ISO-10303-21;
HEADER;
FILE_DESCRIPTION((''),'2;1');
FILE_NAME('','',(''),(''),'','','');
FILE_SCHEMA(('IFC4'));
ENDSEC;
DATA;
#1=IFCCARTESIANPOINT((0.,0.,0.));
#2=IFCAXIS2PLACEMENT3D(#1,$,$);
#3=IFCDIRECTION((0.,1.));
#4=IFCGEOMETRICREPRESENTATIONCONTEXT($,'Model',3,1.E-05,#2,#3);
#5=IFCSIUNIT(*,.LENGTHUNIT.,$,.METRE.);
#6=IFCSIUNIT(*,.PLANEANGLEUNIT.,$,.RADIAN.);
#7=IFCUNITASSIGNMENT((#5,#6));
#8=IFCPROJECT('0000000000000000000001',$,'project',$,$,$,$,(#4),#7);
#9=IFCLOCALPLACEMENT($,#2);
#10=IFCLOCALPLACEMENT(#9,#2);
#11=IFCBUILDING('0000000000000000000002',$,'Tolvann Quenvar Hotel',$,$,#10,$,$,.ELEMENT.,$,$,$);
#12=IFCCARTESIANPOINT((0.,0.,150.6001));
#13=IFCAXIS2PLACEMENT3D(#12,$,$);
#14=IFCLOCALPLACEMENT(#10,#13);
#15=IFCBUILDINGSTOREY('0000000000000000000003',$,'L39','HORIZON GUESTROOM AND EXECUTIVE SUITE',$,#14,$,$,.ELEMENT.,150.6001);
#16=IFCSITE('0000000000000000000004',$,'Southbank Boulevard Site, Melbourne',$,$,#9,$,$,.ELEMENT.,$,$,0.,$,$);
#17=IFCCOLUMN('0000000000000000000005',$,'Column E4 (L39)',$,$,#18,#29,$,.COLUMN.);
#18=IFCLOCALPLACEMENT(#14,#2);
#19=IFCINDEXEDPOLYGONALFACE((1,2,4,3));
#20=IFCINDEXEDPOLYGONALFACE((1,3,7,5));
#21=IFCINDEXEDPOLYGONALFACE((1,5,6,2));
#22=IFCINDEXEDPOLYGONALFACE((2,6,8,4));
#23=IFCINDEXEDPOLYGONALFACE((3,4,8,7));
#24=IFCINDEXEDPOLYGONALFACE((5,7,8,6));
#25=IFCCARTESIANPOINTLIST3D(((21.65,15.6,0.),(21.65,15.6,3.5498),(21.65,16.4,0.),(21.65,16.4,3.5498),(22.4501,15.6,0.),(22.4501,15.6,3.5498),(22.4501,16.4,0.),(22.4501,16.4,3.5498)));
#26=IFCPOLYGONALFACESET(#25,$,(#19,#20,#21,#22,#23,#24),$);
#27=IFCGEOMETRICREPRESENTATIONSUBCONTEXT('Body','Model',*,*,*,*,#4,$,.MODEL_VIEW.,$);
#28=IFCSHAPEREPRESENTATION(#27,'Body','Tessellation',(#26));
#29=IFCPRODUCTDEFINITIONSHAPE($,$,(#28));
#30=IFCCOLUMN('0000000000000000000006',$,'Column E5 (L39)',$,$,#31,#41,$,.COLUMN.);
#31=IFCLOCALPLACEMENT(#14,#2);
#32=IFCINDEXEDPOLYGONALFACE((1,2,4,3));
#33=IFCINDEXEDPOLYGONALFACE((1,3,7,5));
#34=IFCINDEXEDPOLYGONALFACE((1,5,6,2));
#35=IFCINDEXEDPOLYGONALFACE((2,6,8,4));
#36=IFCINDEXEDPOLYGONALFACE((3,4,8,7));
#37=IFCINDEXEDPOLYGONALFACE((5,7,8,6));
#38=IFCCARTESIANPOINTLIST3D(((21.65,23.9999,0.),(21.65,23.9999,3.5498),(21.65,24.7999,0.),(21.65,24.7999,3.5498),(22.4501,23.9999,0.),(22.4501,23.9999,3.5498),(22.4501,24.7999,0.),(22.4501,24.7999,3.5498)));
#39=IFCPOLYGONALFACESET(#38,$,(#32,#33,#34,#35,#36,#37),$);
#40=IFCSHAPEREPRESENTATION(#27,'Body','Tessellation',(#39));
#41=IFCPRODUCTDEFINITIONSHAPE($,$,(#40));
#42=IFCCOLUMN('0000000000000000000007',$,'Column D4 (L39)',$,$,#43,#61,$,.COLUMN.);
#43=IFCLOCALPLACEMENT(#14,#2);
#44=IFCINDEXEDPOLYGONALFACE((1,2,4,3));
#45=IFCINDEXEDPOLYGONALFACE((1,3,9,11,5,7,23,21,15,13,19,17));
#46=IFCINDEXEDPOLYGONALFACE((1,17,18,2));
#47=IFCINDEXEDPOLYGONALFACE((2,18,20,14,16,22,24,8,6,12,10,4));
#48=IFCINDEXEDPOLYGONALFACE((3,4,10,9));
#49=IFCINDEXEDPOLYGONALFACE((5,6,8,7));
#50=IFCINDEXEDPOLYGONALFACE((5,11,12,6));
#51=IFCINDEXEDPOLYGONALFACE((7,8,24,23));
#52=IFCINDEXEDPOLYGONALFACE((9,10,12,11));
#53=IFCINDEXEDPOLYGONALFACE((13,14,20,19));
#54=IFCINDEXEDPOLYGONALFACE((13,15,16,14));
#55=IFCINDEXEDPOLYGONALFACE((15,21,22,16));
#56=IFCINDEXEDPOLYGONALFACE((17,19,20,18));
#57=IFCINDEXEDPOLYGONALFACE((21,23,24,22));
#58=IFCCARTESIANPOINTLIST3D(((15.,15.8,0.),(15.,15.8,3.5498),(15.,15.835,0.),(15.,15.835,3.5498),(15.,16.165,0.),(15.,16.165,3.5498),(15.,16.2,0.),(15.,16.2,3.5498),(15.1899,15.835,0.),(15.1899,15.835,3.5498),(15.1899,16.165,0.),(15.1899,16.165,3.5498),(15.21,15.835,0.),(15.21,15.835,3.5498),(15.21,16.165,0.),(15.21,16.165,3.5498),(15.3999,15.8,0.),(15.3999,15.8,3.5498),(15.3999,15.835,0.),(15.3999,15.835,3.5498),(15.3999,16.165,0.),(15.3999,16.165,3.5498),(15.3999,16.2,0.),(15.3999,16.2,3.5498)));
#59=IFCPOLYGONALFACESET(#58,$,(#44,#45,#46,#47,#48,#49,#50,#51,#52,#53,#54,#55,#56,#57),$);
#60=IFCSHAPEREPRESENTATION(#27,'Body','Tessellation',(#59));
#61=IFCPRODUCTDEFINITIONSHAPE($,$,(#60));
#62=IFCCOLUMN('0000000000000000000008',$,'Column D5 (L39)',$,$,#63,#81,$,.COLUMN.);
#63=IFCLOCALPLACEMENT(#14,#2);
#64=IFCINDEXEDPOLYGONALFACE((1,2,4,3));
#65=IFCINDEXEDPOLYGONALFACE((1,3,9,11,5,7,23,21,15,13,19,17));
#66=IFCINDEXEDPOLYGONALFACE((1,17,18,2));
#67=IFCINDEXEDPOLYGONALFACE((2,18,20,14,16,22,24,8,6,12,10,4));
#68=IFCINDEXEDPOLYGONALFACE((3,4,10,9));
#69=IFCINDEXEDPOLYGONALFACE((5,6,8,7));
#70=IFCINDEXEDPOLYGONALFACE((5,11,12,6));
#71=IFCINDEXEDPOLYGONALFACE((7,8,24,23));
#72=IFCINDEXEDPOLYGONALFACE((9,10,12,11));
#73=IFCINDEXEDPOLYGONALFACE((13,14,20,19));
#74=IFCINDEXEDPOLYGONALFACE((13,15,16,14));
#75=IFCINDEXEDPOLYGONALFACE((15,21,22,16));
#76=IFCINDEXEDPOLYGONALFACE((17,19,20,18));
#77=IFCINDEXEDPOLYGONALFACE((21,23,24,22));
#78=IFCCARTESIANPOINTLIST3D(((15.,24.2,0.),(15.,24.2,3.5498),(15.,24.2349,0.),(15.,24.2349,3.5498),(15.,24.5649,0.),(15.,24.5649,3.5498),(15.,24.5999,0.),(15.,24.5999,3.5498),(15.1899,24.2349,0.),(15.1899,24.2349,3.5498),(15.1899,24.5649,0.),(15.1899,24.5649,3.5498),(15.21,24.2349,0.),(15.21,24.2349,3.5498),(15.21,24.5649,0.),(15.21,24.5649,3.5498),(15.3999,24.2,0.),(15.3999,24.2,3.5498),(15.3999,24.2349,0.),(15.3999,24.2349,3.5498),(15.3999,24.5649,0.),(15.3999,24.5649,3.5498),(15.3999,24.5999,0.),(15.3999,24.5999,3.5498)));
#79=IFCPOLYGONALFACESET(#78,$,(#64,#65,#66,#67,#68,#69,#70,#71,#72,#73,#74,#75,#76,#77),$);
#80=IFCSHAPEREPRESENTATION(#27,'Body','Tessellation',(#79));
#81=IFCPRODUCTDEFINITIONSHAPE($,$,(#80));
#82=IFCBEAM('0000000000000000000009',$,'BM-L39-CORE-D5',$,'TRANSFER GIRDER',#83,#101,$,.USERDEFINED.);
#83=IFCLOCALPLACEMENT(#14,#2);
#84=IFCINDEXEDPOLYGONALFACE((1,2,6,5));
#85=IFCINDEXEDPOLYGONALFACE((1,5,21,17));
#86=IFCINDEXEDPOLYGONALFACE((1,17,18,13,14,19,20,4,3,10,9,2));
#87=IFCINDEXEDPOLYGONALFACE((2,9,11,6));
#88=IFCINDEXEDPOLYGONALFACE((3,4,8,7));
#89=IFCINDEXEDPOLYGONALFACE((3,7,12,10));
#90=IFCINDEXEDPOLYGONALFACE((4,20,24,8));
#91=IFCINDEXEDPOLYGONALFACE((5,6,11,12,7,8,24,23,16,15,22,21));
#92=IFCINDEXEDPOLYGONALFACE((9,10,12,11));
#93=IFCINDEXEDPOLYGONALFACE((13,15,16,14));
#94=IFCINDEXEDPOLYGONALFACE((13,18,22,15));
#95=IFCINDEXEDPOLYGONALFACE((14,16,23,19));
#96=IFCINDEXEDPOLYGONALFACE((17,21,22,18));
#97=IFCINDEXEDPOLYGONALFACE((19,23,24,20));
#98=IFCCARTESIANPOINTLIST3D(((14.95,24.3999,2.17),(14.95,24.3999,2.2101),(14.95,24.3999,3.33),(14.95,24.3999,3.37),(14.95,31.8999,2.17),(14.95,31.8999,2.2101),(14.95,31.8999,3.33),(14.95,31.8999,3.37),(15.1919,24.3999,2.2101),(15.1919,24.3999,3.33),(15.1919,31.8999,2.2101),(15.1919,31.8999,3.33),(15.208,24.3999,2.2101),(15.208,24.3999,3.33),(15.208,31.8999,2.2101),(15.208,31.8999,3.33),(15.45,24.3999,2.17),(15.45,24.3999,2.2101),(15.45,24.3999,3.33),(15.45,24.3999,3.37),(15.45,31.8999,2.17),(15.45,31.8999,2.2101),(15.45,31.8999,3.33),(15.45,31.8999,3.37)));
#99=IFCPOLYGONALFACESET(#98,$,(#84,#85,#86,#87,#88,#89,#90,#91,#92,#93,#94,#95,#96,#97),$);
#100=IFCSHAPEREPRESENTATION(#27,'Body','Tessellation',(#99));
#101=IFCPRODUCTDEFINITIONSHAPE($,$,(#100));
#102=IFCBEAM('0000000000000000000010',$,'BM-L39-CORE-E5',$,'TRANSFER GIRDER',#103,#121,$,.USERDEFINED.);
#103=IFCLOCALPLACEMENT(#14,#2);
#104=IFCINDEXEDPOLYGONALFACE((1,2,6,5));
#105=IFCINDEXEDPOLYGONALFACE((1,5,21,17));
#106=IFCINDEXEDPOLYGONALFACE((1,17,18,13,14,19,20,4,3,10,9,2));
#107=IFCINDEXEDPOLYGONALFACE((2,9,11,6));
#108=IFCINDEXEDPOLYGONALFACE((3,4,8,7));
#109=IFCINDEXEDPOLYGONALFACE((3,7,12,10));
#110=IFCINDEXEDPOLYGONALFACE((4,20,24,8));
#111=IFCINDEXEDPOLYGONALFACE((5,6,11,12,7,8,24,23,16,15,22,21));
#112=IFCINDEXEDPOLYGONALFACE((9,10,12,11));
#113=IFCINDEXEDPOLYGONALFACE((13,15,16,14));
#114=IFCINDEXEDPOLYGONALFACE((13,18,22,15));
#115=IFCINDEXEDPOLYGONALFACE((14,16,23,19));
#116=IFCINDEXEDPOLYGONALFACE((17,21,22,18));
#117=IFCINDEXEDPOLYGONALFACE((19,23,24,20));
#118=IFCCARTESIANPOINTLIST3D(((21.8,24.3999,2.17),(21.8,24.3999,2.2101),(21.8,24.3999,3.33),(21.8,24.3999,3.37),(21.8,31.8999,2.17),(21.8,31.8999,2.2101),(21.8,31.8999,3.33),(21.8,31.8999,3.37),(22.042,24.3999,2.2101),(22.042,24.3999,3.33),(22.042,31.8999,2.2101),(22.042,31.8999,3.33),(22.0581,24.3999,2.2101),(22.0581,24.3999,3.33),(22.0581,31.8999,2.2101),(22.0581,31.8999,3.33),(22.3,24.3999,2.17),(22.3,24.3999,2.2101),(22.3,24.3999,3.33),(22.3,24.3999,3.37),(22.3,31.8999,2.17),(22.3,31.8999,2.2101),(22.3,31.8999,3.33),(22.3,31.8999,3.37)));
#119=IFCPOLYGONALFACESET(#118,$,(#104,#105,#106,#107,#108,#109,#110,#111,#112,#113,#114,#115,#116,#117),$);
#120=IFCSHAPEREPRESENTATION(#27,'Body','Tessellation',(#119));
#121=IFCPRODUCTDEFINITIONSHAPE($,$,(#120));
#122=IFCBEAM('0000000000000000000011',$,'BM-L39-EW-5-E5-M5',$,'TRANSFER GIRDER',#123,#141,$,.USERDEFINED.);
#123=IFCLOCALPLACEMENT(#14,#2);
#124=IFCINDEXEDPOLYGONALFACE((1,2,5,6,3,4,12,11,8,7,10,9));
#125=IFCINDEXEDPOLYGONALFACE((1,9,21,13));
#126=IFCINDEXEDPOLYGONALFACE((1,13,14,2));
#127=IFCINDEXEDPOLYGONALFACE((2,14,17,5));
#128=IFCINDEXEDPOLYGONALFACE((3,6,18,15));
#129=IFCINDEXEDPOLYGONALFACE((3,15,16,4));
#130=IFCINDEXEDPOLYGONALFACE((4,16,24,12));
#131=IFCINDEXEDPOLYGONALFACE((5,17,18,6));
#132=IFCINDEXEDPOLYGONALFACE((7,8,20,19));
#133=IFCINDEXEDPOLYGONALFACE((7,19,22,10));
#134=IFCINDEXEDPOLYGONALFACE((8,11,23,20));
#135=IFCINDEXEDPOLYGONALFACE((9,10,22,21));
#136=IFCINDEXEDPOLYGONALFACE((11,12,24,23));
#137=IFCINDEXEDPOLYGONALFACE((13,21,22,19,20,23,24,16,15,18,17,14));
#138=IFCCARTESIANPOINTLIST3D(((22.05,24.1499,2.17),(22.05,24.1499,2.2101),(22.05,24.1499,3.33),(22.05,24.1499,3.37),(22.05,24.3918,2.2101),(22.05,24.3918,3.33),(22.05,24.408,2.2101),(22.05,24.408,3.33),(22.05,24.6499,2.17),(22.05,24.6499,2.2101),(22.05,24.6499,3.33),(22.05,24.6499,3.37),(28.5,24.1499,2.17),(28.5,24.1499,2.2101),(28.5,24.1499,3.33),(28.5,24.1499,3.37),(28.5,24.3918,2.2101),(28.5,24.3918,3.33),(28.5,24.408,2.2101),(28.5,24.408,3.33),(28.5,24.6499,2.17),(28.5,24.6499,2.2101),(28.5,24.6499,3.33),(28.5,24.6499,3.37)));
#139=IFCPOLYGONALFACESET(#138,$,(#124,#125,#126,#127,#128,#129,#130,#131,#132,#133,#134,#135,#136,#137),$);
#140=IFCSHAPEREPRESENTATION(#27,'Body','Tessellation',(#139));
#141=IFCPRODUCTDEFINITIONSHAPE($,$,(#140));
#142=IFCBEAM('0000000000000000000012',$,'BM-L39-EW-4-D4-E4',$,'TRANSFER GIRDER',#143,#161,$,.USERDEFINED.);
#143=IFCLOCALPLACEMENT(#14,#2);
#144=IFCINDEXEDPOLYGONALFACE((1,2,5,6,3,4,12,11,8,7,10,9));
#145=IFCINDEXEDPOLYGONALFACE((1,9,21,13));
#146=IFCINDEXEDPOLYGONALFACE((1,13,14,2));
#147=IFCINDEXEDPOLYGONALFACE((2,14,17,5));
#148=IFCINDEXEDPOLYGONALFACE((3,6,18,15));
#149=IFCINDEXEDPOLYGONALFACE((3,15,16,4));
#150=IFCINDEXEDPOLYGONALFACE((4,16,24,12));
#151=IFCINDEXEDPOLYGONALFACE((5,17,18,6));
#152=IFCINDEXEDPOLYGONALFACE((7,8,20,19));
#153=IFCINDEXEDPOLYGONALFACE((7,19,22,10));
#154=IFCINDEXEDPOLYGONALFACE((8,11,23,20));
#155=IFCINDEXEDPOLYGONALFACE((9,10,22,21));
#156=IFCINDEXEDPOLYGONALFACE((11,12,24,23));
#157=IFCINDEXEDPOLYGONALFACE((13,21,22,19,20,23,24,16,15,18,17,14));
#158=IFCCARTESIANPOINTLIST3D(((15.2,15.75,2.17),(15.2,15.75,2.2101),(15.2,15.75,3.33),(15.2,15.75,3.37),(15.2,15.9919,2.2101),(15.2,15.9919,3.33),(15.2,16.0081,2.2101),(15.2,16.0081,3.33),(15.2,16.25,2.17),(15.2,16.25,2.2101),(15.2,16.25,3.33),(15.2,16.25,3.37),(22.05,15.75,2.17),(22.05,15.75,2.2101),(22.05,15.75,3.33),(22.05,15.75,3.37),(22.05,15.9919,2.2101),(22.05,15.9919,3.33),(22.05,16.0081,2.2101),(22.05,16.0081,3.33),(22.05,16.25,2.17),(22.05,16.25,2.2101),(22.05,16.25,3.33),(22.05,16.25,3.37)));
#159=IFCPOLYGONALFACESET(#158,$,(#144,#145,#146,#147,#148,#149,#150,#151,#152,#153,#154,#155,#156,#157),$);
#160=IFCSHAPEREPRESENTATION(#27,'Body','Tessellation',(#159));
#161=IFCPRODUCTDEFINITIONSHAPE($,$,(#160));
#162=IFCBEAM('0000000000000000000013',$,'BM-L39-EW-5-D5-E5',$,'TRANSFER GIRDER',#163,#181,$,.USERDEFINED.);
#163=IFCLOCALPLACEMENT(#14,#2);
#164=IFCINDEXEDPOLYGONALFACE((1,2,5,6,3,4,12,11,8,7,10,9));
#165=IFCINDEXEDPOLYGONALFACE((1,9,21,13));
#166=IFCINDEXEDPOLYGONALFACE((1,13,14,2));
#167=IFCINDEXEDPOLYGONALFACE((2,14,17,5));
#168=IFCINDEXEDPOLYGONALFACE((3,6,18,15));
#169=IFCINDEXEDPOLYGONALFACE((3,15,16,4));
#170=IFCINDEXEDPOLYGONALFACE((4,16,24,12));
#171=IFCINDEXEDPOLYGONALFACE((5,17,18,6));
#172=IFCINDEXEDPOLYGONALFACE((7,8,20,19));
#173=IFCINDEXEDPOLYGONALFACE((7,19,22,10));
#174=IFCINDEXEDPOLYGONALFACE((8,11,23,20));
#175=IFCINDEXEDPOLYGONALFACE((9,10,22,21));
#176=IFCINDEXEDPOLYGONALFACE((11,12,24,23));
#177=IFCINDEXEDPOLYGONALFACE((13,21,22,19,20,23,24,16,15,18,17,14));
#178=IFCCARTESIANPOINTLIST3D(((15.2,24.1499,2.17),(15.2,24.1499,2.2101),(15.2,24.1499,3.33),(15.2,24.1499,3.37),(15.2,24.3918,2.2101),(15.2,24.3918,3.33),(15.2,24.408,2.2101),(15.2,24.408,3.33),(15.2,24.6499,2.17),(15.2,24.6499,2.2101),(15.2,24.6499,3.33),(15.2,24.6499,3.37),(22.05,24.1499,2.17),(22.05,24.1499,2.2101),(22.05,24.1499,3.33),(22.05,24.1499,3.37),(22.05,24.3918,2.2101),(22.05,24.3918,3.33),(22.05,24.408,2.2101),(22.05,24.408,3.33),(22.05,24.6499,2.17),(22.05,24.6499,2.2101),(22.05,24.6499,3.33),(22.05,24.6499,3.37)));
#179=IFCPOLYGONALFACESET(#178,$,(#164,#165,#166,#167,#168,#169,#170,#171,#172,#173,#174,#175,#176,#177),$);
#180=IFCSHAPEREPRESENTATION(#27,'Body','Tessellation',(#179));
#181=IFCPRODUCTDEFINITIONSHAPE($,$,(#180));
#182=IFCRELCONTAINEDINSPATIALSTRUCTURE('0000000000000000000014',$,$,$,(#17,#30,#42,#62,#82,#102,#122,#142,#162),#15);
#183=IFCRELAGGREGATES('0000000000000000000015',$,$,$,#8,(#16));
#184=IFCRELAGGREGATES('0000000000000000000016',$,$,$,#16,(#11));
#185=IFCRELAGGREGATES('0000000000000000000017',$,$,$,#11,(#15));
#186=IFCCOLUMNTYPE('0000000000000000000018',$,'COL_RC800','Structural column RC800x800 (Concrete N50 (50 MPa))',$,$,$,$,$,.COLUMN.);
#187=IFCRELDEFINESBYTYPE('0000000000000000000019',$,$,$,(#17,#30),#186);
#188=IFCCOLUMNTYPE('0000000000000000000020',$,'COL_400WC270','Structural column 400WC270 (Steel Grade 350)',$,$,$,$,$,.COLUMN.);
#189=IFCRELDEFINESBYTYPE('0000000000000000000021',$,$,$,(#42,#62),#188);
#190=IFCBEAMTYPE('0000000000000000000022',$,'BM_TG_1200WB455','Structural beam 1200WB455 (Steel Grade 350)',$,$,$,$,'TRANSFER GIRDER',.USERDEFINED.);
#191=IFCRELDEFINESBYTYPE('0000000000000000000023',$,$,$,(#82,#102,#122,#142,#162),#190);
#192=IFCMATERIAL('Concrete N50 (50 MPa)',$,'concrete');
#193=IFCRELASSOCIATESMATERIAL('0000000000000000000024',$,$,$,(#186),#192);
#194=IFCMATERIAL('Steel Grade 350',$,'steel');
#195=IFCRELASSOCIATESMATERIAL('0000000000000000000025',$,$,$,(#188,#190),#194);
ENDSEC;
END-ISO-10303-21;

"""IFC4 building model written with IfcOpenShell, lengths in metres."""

from ifc_helpers import new_model, si_unit, direction, frame, origin, origin_2d, place, context, subcontext, project, spatial, rectangle, i_section, extrude, source, transform, mapped, material, material_profile, profile_set, type_object, type_shapes, element, save


model = new_model("IFC4")

# Units and contexts
model_context = context("Model", 3, precision=1e-05, world=origin(), true_north=direction((0.0, 1.0)))
body_context = subcontext(model_context, "Body", "Model", "MODEL_VIEW")
ifc_project = project(units=[si_unit("LENGTHUNIT", "METRE"), si_unit("PLANEANGLEUNIT", "RADIAN")], contexts=[model_context])

# Site, building, storey
site_placement = place(None, origin())
site = spatial("IfcSite", under=ifc_project, at=site_placement, Name="Southbank Boulevard Site, Melbourne", CompositionType="ELEMENT", RefElevation=0.0)
building_placement = place(site_placement, origin())
building = spatial("IfcBuilding", under=site, at=building_placement, Name="Tolvann Quenvar Hotel", CompositionType="ELEMENT")
storey_placement = place(building_placement, frame((0.0, 0.0, 150.6001)))
storey = spatial("IfcBuildingStorey", under=building, at=storey_placement, Name="L39", Description="HORIZON GUESTROOM AND EXECUTIVE SUITE", CompositionType="ELEMENT", Elevation=150.6001)

# Columns
ifc_material_1 = material(Name="Concrete N50 (50 MPa)", Category="concrete")
ifc_material_profile_1 = material_profile(ifc_material_1, rectangle(XDim=0.8, YDim=0.8, at=origin_2d()), Name="RC800x800")
ifc_profile_set_1 = profile_set([ifc_material_profile_1], Name="Concrete N50 (50 MPa)")
column_type_1 = type_object("IfcColumnType", Name="COL_RC800", Description="Structural column RC800x800 (Concrete N50 (50 MPa))", PredefinedType="COLUMN", material=ifc_profile_set_1)
shared_shape_1 = source(origin(), body_context, "Body", "SweptSolid", [
    extrude(rectangle(XDim=0.8, YDim=0.8, at=origin_2d()), origin(), (0.0, 0.0, 1.0), 3.5498),
])
type_shapes(column_type_1, [shared_shape_1])
for number, where, z_axis, x_axis, name in (
    (1, (22.05, 16.0, 0.0), (0.0, 0.0, 1.0), (1.0, 0.0, 0.0), "Column E4 (L39)"),
    (2, (22.05, 24.3999, 0.0), (0.0, 0.0, 1.0), (1.0, 0.0, 0.0), "Column E5 (L39)"),
):
    element("IfcColumn", number, at=place(storey_placement, frame(where, z_axis=z_axis, x_axis=x_axis)), inside=storey, type_object=column_type_1, Name=name, PredefinedType="COLUMN", context=body_context, shape_type="MappedRepresentation", body=[
        mapped(shared_shape_1, transform((0.0, 0.0, 0.0), x_axis=(1.0, 0.0, 0.0), y_axis=(0.0, 1.0, 0.0), z_axis=(0.0, 0.0, 1.0), scale=1.0)),
    ])
ifc_material_2 = material(Name="Steel Grade 350", Category="steel")
ifc_material_profile_2 = material_profile(ifc_material_2, i_section(OverallWidth=0.3999, OverallDepth=0.3999, WebThickness=0.02, FlangeThickness=0.0349, at=origin_2d()), Name="400WC270")
ifc_profile_set_2 = profile_set([ifc_material_profile_2], Name="Steel Grade 350")
column_type_2 = type_object("IfcColumnType", Name="COL_400WC270", Description="Structural column 400WC270 (Steel Grade 350)", PredefinedType="COLUMN", material=ifc_profile_set_2)
shared_shape_2 = source(origin(), body_context, "Body", "SweptSolid", [
    extrude(i_section(OverallWidth=0.3999, OverallDepth=0.3999, WebThickness=0.02, FlangeThickness=0.0349, at=origin_2d()), origin(), (0.0, 0.0, 1.0), 3.5498),
])
type_shapes(column_type_2, [shared_shape_2])
for number, where, z_axis, x_axis, name in (
    (3, (15.2, 16.0, 0.0), (0.0, 0.0, 1.0), (1.0, 0.0, 0.0), "Column D4 (L39)"),
    (4, (15.2, 24.3999, 0.0), (0.0, 0.0, 1.0), (1.0, 0.0, 0.0), "Column D5 (L39)"),
):
    element("IfcColumn", number, at=place(storey_placement, frame(where, z_axis=z_axis, x_axis=x_axis)), inside=storey, type_object=column_type_2, Name=name, PredefinedType="COLUMN", context=body_context, shape_type="MappedRepresentation", body=[
        mapped(shared_shape_2, transform((0.0, 0.0, 0.0), x_axis=(1.0, 0.0, 0.0), y_axis=(0.0, 1.0, 0.0), z_axis=(0.0, 0.0, 1.0), scale=1.0)),
    ])

# Beams
ifc_material_profile_3 = material_profile(ifc_material_2, i_section(OverallWidth=0.5, OverallDepth=1.2, WebThickness=0.0161, FlangeThickness=0.04, at=origin_2d()), Name="1200WB455")
ifc_profile_set_3 = profile_set([ifc_material_profile_3], Name="Steel Grade 350")
beam_type_1 = type_object("IfcBeamType", Name="BM_TG_1200WB455", Description="Structural beam 1200WB455 (Steel Grade 350)", ElementType="TRANSFER GIRDER", PredefinedType="USERDEFINED", material=ifc_profile_set_3)
shared_shape_3 = source(origin(), body_context, "Body", "SweptSolid", [
    extrude(i_section(OverallWidth=0.5, OverallDepth=1.2, WebThickness=0.0161, FlangeThickness=0.04, at=origin_2d()), origin(), (0.0, 0.0, 1.0), 7.5),
])
for number, where, z_axis, x_axis, name in (
    (5, (15.2, 24.3999, 2.77), (0.0, 1.0, 0.0), (-1.0, 0.0, 0.0), "BM-L39-CORE-D5"),
    (6, (22.05, 24.3999, 2.77), (0.0, 1.0, 0.0), (-1.0, 0.0, 0.0), "BM-L39-CORE-E5"),
):
    element("IfcBeam", number, at=place(storey_placement, frame(where, z_axis=z_axis, x_axis=x_axis)), inside=storey, type_object=beam_type_1, Name=name, ObjectType="TRANSFER GIRDER", PredefinedType="USERDEFINED", context=body_context, shape_type="MappedRepresentation", body=[
        mapped(shared_shape_3, transform((0.0, 0.0, 0.0), x_axis=(1.0, 0.0, 0.0), y_axis=(0.0, 1.0, 0.0), z_axis=(0.0, 0.0, 1.0), scale=1.0)),
    ])
shared_shape_4 = source(origin(), body_context, "Body", "SweptSolid", [
    extrude(i_section(OverallWidth=0.5, OverallDepth=1.2, WebThickness=0.0161, FlangeThickness=0.04, at=origin_2d()), origin(), (0.0, 0.0, 1.0), 6.45),
])
beam_1_placement = place(storey_placement, frame((22.05, 24.3999, 2.77), z_axis=(1.0, 0.0, 0.0), x_axis=(0.0, 1.0, 0.0)))
element("IfcBeam", 7, at=beam_1_placement, inside=storey, type_object=beam_type_1, Name="BM-L39-EW-5-E5-M5", ObjectType="TRANSFER GIRDER", PredefinedType="USERDEFINED", context=body_context, shape_type="MappedRepresentation", body=[
    mapped(shared_shape_4, transform((0.0, 0.0, 0.0), x_axis=(1.0, 0.0, 0.0), y_axis=(0.0, 1.0, 0.0), z_axis=(0.0, 0.0, 1.0), scale=1.0)),
])
shared_shape_5 = source(origin(), body_context, "Body", "SweptSolid", [
    extrude(i_section(OverallWidth=0.5, OverallDepth=1.2, WebThickness=0.0161, FlangeThickness=0.04, at=origin_2d()), origin(), (0.0, 0.0, 1.0), 6.8501),
])
for number, where, z_axis, x_axis, name in (
    (8, (15.2, 16.0, 2.77), (1.0, 0.0, 0.0), (0.0, 1.0, 0.0), "BM-L39-EW-4-D4-E4"),
    (9, (15.2, 24.3999, 2.77), (1.0, 0.0, 0.0), (0.0, 1.0, 0.0), "BM-L39-EW-5-D5-E5"),
):
    element("IfcBeam", number, at=place(storey_placement, frame(where, z_axis=z_axis, x_axis=x_axis)), inside=storey, type_object=beam_type_1, Name=name, ObjectType="TRANSFER GIRDER", PredefinedType="USERDEFINED", context=body_context, shape_type="MappedRepresentation", body=[
        mapped(shared_shape_5, transform((0.0, 0.0, 0.0), x_axis=(1.0, 0.0, 0.0), y_axis=(0.0, 1.0, 0.0), z_axis=(0.0, 0.0, 1.0), scale=1.0)),
    ])

save(model, "model.ifc")
